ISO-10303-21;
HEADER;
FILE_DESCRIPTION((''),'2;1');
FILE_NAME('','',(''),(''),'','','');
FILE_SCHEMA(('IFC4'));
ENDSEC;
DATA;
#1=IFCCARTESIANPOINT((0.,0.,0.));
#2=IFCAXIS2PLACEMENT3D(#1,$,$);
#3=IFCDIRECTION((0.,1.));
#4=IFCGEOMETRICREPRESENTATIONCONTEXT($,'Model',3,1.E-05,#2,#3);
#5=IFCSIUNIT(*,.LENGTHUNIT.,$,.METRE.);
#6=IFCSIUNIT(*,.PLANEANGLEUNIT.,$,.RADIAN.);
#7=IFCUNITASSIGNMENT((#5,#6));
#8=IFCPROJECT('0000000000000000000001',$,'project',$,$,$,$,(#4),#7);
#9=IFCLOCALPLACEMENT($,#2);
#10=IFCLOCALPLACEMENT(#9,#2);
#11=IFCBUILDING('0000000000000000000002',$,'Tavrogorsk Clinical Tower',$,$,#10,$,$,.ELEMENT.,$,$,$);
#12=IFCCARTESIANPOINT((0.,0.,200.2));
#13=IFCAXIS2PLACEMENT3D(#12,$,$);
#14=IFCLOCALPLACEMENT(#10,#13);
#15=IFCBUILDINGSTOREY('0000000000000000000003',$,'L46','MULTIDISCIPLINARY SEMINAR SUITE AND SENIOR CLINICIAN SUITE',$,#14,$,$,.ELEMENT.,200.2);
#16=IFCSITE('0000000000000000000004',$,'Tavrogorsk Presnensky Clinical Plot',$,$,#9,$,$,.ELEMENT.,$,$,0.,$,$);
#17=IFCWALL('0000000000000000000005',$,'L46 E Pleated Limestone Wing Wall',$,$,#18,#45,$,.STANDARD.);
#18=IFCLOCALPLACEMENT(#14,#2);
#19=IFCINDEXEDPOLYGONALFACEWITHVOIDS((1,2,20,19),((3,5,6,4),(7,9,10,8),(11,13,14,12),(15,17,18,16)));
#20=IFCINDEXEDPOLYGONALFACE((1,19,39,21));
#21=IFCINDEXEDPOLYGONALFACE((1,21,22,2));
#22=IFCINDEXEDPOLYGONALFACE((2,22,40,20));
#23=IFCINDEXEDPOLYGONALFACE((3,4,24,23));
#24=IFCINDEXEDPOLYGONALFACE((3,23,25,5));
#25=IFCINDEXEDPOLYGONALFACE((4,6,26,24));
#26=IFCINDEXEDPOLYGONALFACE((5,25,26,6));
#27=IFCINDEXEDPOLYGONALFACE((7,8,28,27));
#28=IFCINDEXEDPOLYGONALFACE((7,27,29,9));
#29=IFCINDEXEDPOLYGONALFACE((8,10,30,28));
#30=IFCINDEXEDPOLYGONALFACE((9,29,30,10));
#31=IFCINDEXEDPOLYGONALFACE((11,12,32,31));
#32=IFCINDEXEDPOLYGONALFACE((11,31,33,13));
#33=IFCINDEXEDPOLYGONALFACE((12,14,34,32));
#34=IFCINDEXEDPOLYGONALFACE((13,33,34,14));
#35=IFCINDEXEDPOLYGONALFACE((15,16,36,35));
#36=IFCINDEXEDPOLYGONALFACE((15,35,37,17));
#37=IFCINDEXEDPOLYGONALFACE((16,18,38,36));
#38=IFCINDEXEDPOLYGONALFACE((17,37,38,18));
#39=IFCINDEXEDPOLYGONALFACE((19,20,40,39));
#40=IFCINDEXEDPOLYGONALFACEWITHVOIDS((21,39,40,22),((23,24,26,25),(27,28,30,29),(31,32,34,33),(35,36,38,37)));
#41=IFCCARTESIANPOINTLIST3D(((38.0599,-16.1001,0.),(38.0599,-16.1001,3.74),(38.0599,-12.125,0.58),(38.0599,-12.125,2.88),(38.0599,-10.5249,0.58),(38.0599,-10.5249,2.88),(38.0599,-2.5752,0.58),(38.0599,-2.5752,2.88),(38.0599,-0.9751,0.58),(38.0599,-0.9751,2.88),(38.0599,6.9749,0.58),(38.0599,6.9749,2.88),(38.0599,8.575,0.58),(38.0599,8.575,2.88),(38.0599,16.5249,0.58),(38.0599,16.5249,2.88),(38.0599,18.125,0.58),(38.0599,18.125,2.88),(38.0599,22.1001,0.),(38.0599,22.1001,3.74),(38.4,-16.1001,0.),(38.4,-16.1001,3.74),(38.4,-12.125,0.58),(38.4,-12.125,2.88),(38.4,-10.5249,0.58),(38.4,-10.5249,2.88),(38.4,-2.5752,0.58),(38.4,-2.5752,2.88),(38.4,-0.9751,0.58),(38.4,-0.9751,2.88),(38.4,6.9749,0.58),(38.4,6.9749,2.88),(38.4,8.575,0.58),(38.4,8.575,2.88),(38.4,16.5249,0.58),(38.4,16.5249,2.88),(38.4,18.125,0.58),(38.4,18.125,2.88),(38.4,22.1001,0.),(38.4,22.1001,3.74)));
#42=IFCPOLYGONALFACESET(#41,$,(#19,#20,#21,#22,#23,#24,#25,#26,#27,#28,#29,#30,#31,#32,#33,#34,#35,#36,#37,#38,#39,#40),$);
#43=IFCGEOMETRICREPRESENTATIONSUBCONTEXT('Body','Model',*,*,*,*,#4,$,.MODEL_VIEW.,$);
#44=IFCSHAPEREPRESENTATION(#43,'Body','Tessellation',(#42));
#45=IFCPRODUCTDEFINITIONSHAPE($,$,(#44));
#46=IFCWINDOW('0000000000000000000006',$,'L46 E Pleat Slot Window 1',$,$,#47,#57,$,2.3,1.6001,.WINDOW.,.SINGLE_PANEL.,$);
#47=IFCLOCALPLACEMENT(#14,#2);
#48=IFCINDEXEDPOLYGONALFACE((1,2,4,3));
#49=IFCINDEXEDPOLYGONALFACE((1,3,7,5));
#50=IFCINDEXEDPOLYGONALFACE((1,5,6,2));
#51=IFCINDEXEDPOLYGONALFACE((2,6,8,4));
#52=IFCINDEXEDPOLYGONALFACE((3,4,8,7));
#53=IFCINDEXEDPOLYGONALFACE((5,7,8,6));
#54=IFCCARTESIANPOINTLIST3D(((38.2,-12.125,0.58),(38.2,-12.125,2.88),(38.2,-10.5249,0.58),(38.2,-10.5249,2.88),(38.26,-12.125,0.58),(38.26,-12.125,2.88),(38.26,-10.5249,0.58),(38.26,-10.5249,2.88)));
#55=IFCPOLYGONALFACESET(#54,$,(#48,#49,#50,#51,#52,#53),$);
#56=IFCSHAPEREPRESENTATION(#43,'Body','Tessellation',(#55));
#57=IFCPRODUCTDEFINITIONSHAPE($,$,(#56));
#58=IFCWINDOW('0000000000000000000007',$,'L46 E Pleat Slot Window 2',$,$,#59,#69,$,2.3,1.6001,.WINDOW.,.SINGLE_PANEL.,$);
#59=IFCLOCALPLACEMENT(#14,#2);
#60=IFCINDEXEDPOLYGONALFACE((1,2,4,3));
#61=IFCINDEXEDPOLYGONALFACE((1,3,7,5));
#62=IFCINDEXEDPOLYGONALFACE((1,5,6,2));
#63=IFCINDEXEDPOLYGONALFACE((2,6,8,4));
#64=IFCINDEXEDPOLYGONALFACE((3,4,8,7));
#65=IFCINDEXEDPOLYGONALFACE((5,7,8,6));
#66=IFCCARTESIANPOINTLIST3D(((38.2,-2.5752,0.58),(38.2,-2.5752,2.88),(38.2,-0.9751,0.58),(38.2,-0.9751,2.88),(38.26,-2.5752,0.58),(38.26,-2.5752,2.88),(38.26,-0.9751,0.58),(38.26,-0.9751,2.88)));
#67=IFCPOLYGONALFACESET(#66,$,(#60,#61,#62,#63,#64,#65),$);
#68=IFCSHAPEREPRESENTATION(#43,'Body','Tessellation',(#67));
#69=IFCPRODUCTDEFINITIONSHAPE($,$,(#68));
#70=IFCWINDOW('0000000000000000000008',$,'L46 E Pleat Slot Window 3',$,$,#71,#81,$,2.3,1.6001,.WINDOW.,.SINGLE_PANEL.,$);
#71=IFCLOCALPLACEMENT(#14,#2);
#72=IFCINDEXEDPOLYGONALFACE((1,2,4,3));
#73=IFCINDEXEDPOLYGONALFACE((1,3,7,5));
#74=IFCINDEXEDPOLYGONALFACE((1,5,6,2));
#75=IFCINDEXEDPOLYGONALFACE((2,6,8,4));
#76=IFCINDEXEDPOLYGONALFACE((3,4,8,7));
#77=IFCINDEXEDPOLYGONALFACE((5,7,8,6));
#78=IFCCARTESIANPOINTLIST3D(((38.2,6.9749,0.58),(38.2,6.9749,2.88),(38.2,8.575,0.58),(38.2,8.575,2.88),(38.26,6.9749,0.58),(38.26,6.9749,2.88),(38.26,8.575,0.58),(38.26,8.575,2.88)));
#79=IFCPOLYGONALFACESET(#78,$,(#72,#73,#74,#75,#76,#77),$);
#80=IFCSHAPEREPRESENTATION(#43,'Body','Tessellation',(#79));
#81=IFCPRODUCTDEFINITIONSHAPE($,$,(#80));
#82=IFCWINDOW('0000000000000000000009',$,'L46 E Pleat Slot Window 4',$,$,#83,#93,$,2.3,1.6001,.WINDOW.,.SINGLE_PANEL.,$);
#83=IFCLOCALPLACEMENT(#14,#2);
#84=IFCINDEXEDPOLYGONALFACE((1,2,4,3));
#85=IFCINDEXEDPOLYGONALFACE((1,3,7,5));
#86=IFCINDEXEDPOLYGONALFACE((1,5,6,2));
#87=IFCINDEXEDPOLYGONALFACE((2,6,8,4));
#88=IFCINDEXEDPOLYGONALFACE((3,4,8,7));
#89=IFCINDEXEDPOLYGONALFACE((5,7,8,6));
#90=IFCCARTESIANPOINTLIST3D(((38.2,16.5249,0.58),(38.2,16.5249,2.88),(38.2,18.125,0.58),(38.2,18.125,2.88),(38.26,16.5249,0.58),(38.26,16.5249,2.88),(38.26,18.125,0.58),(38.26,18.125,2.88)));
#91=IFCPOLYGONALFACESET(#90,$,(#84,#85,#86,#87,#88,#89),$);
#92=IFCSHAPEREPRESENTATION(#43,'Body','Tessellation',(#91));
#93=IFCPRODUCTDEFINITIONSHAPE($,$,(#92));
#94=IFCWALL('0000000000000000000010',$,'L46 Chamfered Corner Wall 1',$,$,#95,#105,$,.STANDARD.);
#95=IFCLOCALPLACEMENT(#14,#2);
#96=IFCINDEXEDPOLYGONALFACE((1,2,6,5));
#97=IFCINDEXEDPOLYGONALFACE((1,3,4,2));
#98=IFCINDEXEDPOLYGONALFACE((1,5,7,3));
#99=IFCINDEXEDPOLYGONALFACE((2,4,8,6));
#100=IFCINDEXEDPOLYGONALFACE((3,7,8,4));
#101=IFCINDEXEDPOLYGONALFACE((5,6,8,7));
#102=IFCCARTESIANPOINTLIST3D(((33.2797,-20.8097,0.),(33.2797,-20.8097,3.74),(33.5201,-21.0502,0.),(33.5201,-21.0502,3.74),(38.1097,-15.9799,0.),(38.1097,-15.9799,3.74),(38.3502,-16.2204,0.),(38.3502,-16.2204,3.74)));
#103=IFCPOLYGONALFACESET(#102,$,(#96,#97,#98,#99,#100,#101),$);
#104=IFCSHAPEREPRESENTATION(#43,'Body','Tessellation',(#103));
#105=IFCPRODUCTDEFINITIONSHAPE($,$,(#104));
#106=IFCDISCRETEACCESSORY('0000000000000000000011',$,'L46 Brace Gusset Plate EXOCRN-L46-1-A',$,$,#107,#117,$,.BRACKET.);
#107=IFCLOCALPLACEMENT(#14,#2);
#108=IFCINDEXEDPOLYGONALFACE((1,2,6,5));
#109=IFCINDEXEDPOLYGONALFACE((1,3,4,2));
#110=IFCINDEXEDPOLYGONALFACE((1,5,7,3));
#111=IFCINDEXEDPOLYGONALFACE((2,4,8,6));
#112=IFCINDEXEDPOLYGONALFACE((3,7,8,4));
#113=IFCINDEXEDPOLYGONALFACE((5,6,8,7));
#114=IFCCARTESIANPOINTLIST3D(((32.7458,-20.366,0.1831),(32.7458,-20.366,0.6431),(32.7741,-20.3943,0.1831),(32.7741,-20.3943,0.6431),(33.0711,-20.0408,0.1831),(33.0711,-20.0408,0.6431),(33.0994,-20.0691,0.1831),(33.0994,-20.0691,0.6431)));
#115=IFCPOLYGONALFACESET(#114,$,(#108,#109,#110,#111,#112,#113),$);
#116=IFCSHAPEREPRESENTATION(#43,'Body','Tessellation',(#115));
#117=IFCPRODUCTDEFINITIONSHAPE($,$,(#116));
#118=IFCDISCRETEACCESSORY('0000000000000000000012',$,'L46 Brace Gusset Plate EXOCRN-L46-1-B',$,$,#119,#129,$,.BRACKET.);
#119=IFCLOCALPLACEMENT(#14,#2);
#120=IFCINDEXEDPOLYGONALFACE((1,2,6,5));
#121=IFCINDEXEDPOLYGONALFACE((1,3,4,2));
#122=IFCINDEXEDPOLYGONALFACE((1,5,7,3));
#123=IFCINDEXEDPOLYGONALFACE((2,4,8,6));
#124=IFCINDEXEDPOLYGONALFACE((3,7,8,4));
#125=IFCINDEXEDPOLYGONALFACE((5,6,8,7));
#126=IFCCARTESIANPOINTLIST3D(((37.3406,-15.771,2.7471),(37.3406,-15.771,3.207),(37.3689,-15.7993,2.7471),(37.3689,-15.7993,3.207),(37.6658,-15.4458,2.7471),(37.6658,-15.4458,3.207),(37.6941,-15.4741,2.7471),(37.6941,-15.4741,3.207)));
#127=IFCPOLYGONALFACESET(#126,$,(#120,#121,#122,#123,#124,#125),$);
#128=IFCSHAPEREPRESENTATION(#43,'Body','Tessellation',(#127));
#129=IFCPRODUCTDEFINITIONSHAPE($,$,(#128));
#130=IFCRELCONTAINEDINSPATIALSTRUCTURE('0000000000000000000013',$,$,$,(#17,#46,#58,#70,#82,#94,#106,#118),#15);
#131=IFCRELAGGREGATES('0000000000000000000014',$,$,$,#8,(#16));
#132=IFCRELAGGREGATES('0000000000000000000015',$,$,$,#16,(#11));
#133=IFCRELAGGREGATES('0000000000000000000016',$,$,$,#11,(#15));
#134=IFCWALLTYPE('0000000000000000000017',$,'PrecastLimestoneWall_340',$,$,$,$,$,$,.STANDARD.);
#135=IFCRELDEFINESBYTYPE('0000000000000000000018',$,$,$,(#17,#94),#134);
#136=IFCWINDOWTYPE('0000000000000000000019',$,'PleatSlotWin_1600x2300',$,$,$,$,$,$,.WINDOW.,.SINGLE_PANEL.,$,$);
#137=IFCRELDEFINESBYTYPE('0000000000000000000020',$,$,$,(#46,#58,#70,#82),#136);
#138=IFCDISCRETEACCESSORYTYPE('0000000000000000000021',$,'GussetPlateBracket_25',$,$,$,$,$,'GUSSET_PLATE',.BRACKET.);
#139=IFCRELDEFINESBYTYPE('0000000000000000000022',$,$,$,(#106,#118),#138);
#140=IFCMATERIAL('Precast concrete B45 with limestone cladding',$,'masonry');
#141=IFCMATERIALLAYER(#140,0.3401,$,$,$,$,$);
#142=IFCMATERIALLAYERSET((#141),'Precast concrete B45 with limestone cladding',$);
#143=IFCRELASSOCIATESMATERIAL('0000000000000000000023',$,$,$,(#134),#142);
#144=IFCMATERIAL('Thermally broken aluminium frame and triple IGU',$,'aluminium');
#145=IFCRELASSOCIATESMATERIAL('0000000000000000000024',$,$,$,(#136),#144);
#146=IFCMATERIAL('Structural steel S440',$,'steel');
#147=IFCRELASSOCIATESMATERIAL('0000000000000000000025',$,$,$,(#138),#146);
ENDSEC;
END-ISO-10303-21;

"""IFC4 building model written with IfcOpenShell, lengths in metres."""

from ifc_helpers import new_model, si_unit, direction, frame, frame_2d, origin, origin_2d, place, context, subcontext, project, spatial, rectangle, extrude, material, layer, layer_set, type_object, element, fill, save


model = new_model("IFC4")

# Units and contexts
model_context = context("Model", 3, precision=1e-05, world=origin(), true_north=direction((0.0, 1.0)))
body_context = subcontext(model_context, "Body", "Model", "MODEL_VIEW")
ifc_project = project(units=[si_unit("LENGTHUNIT", "METRE"), si_unit("PLANEANGLEUNIT", "RADIAN")], contexts=[model_context])

# Site, building, storey
site_placement = place(None, origin())
site = spatial("IfcSite", under=ifc_project, at=site_placement, Name="Tavrogorsk Presnensky Clinical Plot", CompositionType="ELEMENT", RefElevation=0.0)
building_placement = place(site_placement, origin())
building = spatial("IfcBuilding", under=site, at=building_placement, Name="Tavrogorsk Clinical Tower", CompositionType="ELEMENT")
storey_placement = place(building_placement, frame((0.0, 0.0, 200.2)))
storey = spatial("IfcBuildingStorey", under=building, at=storey_placement, Name="L46", Description="MULTIDISCIPLINARY SEMINAR SUITE AND SENIOR CLINICIAN SUITE", CompositionType="ELEMENT", Elevation=200.2)

# Wall, openings, windows
ifc_material_1 = material(Name="Precast concrete B45 with limestone cladding", Category="masonry")
ifc_layer_1 = layer(ifc_material_1, 0.3401)
ifc_layer_set_1 = layer_set([ifc_layer_1], Name="Precast concrete B45 with limestone cladding")
wall_type_1 = type_object("IfcWallType", Name="PrecastLimestoneWall_340", PredefinedType="STANDARD", material=ifc_layer_set_1)
wall_1_placement = place(storey_placement, frame((38.23, -16.1001, 0.0), z_axis=(0.0, 0.0, 1.0), x_axis=(0.0, 1.0, 0.0)))
wall_1 = element("IfcWall", 1, at=wall_1_placement, inside=storey, type_object=wall_type_1, Name="L46 E Pleated Limestone Wing Wall", PredefinedType="STANDARD", context=body_context, shape_type="SweptSolid", body=[
    extrude(rectangle(XDim=38.2002, YDim=0.3401, at=frame_2d((19.1001, 0.0))), origin(), (0.0, 0.0, 1.0), 3.74),
])
opening_1_placement = place(wall_1_placement, frame((3.9751, 0.0, 0.5801)))
opening_1 = element("IfcOpeningElement", 2, at=opening_1_placement, cuts=wall_1, PredefinedType="OPENING", context=body_context, shape_type="SweptSolid", body=[
    extrude(rectangle(XDim=1.6001, YDim=2.3, at=frame_2d((0.8, 1.1499))), frame((0.0, 0.1799, 0.0), z_axis=(0.0, -1.0, 0.0), x_axis=(1.0, 0.0, 0.0)), (0.0, 0.0, 1.0), 0.3601),
])
opening_2_placement = place(wall_1_placement, frame((13.5249, 0.0, 0.5801)))
opening_2 = element("IfcOpeningElement", 3, at=opening_2_placement, cuts=wall_1, PredefinedType="OPENING", context=body_context, shape_type="SweptSolid", body=[
    extrude(rectangle(XDim=1.6001, YDim=2.3, at=frame_2d((0.8, 1.1499))), frame((0.0, 0.1799, 0.0), z_axis=(0.0, -1.0, 0.0), x_axis=(1.0, 0.0, 0.0)), (0.0, 0.0, 1.0), 0.3601),
])
opening_3_placement = place(wall_1_placement, frame((23.075, 0.0, 0.5801)))
opening_3 = element("IfcOpeningElement", 4, at=opening_3_placement, cuts=wall_1, PredefinedType="OPENING", context=body_context, shape_type="SweptSolid", body=[
    extrude(rectangle(XDim=1.6001, YDim=2.3, at=frame_2d((0.8, 1.1499))), frame((0.0, 0.1799, 0.0), z_axis=(0.0, -1.0, 0.0), x_axis=(1.0, 0.0, 0.0)), (0.0, 0.0, 1.0), 0.3601),
])
opening_4_placement = place(wall_1_placement, frame((32.625, 0.0, 0.5801)))
opening_4 = element("IfcOpeningElement", 5, at=opening_4_placement, cuts=wall_1, PredefinedType="OPENING", context=body_context, shape_type="SweptSolid", body=[
    extrude(rectangle(XDim=1.6001, YDim=2.3, at=frame_2d((0.8, 1.1499))), frame((0.0, 0.1799, 0.0), z_axis=(0.0, -1.0, 0.0), x_axis=(1.0, 0.0, 0.0)), (0.0, 0.0, 1.0), 0.3601),
])
ifc_material_2 = material(Name="Thermally broken aluminium frame and triple IGU", Category="aluminium")
window_type = type_object("IfcWindowType", Name="PleatSlotWin_1600x2300", PartitioningType="SINGLE_PANEL", PredefinedType="WINDOW", material=ifc_material_2)
window_1_placement = place(opening_1_placement, origin())
window_1 = element("IfcWindow", 6, at=window_1_placement, inside=storey, type_object=window_type, Name="L46 E Pleat Slot Window 1", OverallHeight=2.3, OverallWidth=1.6001, PartitioningType="SINGLE_PANEL", PredefinedType="WINDOW", context=body_context, shape_type="SweptSolid", body=[
    extrude(rectangle(XDim=1.6001, YDim=2.3, at=frame_2d((0.8, 1.1499))), frame((0.0, 0.03, 0.0), z_axis=(0.0, -1.0, 0.0), x_axis=(1.0, 0.0, 0.0)), (0.0, 0.0, 1.0), 0.0601),
])
fill(opening_1, window_1)
window_2_placement = place(opening_2_placement, origin())
window_2 = element("IfcWindow", 7, at=window_2_placement, inside=storey, type_object=window_type, Name="L46 E Pleat Slot Window 2", OverallHeight=2.3, OverallWidth=1.6001, PartitioningType="SINGLE_PANEL", PredefinedType="WINDOW", context=body_context, shape_type="SweptSolid", body=[
    extrude(rectangle(XDim=1.6001, YDim=2.3, at=frame_2d((0.8, 1.1499))), frame((0.0, 0.03, 0.0), z_axis=(0.0, -1.0, 0.0), x_axis=(1.0, 0.0, 0.0)), (0.0, 0.0, 1.0), 0.0601),
])
fill(opening_2, window_2)
window_3_placement = place(opening_3_placement, origin())
window_3 = element("IfcWindow", 8, at=window_3_placement, inside=storey, type_object=window_type, Name="L46 E Pleat Slot Window 3", OverallHeight=2.3, OverallWidth=1.6001, PartitioningType="SINGLE_PANEL", PredefinedType="WINDOW", context=body_context, shape_type="SweptSolid", body=[
    extrude(rectangle(XDim=1.6001, YDim=2.3, at=frame_2d((0.8, 1.1499))), frame((0.0, 0.03, 0.0), z_axis=(0.0, -1.0, 0.0), x_axis=(1.0, 0.0, 0.0)), (0.0, 0.0, 1.0), 0.0601),
])
fill(opening_3, window_3)
window_4_placement = place(opening_4_placement, origin())
window_4 = element("IfcWindow", 9, at=window_4_placement, inside=storey, type_object=window_type, Name="L46 E Pleat Slot Window 4", OverallHeight=2.3, OverallWidth=1.6001, PartitioningType="SINGLE_PANEL", PredefinedType="WINDOW", context=body_context, shape_type="SweptSolid", body=[
    extrude(rectangle(XDim=1.6001, YDim=2.3, at=frame_2d((0.8, 1.1499))), frame((0.0, 0.03, 0.0), z_axis=(0.0, -1.0, 0.0), x_axis=(1.0, 0.0, 0.0)), (0.0, 0.0, 1.0), 0.0601),
])
fill(opening_4, window_4)

# Wall
wall_2_placement = place(storey_placement, frame((33.3999, -20.9299, 0.0), z_axis=(0.0, 0.0, 1.0), x_axis=(0.707125, 0.707089, 0.0)))
element("IfcWall", 10, at=wall_2_placement, inside=storey, type_object=wall_type_1, Name="L46 Chamfered Corner Wall 1", PredefinedType="STANDARD", context=body_context, shape_type="SweptSolid", body=[
    extrude(rectangle(XDim=6.8306, YDim=0.3401, at=frame_2d((3.4153, 0.0))), origin(), (0.0, 0.0, 1.0), 3.74),
])

# Discrete accessories
ifc_material_3 = material(Name="Structural steel S440", Category="steel")
discrete_accessory_type = type_object("IfcDiscreteAccessoryType", Name="GussetPlateBracket_25", ElementType="GUSSET_PLATE", PredefinedType="BRACKET", material=ifc_material_3)
for number, where, z_axis, x_axis, name in (
    (11, (32.9226, -20.2175, 0.1831), (0.0, 0.0, 1.0), (0.707107, 0.707107, 0.0), "L46 Brace Gusset Plate EXOCRN-L46-1-A"),
    (12, (37.5173, -15.6226, 2.7471), (0.0, 0.0, 1.0), (0.707107, 0.707107, 0.0), "L46 Brace Gusset Plate EXOCRN-L46-1-B"),
):
    element("IfcDiscreteAccessory", number, at=place(storey_placement, frame(where, z_axis=z_axis, x_axis=x_axis)), inside=storey, type_object=discrete_accessory_type, Name=name, PredefinedType="BRACKET", context=body_context, shape_type="SweptSolid", body=[
        extrude(rectangle(XDim=0.46, YDim=0.04, at=origin_2d()), origin(), (0.0, 0.0, 1.0), 0.46),
    ])

save(model, "model.ifc")
